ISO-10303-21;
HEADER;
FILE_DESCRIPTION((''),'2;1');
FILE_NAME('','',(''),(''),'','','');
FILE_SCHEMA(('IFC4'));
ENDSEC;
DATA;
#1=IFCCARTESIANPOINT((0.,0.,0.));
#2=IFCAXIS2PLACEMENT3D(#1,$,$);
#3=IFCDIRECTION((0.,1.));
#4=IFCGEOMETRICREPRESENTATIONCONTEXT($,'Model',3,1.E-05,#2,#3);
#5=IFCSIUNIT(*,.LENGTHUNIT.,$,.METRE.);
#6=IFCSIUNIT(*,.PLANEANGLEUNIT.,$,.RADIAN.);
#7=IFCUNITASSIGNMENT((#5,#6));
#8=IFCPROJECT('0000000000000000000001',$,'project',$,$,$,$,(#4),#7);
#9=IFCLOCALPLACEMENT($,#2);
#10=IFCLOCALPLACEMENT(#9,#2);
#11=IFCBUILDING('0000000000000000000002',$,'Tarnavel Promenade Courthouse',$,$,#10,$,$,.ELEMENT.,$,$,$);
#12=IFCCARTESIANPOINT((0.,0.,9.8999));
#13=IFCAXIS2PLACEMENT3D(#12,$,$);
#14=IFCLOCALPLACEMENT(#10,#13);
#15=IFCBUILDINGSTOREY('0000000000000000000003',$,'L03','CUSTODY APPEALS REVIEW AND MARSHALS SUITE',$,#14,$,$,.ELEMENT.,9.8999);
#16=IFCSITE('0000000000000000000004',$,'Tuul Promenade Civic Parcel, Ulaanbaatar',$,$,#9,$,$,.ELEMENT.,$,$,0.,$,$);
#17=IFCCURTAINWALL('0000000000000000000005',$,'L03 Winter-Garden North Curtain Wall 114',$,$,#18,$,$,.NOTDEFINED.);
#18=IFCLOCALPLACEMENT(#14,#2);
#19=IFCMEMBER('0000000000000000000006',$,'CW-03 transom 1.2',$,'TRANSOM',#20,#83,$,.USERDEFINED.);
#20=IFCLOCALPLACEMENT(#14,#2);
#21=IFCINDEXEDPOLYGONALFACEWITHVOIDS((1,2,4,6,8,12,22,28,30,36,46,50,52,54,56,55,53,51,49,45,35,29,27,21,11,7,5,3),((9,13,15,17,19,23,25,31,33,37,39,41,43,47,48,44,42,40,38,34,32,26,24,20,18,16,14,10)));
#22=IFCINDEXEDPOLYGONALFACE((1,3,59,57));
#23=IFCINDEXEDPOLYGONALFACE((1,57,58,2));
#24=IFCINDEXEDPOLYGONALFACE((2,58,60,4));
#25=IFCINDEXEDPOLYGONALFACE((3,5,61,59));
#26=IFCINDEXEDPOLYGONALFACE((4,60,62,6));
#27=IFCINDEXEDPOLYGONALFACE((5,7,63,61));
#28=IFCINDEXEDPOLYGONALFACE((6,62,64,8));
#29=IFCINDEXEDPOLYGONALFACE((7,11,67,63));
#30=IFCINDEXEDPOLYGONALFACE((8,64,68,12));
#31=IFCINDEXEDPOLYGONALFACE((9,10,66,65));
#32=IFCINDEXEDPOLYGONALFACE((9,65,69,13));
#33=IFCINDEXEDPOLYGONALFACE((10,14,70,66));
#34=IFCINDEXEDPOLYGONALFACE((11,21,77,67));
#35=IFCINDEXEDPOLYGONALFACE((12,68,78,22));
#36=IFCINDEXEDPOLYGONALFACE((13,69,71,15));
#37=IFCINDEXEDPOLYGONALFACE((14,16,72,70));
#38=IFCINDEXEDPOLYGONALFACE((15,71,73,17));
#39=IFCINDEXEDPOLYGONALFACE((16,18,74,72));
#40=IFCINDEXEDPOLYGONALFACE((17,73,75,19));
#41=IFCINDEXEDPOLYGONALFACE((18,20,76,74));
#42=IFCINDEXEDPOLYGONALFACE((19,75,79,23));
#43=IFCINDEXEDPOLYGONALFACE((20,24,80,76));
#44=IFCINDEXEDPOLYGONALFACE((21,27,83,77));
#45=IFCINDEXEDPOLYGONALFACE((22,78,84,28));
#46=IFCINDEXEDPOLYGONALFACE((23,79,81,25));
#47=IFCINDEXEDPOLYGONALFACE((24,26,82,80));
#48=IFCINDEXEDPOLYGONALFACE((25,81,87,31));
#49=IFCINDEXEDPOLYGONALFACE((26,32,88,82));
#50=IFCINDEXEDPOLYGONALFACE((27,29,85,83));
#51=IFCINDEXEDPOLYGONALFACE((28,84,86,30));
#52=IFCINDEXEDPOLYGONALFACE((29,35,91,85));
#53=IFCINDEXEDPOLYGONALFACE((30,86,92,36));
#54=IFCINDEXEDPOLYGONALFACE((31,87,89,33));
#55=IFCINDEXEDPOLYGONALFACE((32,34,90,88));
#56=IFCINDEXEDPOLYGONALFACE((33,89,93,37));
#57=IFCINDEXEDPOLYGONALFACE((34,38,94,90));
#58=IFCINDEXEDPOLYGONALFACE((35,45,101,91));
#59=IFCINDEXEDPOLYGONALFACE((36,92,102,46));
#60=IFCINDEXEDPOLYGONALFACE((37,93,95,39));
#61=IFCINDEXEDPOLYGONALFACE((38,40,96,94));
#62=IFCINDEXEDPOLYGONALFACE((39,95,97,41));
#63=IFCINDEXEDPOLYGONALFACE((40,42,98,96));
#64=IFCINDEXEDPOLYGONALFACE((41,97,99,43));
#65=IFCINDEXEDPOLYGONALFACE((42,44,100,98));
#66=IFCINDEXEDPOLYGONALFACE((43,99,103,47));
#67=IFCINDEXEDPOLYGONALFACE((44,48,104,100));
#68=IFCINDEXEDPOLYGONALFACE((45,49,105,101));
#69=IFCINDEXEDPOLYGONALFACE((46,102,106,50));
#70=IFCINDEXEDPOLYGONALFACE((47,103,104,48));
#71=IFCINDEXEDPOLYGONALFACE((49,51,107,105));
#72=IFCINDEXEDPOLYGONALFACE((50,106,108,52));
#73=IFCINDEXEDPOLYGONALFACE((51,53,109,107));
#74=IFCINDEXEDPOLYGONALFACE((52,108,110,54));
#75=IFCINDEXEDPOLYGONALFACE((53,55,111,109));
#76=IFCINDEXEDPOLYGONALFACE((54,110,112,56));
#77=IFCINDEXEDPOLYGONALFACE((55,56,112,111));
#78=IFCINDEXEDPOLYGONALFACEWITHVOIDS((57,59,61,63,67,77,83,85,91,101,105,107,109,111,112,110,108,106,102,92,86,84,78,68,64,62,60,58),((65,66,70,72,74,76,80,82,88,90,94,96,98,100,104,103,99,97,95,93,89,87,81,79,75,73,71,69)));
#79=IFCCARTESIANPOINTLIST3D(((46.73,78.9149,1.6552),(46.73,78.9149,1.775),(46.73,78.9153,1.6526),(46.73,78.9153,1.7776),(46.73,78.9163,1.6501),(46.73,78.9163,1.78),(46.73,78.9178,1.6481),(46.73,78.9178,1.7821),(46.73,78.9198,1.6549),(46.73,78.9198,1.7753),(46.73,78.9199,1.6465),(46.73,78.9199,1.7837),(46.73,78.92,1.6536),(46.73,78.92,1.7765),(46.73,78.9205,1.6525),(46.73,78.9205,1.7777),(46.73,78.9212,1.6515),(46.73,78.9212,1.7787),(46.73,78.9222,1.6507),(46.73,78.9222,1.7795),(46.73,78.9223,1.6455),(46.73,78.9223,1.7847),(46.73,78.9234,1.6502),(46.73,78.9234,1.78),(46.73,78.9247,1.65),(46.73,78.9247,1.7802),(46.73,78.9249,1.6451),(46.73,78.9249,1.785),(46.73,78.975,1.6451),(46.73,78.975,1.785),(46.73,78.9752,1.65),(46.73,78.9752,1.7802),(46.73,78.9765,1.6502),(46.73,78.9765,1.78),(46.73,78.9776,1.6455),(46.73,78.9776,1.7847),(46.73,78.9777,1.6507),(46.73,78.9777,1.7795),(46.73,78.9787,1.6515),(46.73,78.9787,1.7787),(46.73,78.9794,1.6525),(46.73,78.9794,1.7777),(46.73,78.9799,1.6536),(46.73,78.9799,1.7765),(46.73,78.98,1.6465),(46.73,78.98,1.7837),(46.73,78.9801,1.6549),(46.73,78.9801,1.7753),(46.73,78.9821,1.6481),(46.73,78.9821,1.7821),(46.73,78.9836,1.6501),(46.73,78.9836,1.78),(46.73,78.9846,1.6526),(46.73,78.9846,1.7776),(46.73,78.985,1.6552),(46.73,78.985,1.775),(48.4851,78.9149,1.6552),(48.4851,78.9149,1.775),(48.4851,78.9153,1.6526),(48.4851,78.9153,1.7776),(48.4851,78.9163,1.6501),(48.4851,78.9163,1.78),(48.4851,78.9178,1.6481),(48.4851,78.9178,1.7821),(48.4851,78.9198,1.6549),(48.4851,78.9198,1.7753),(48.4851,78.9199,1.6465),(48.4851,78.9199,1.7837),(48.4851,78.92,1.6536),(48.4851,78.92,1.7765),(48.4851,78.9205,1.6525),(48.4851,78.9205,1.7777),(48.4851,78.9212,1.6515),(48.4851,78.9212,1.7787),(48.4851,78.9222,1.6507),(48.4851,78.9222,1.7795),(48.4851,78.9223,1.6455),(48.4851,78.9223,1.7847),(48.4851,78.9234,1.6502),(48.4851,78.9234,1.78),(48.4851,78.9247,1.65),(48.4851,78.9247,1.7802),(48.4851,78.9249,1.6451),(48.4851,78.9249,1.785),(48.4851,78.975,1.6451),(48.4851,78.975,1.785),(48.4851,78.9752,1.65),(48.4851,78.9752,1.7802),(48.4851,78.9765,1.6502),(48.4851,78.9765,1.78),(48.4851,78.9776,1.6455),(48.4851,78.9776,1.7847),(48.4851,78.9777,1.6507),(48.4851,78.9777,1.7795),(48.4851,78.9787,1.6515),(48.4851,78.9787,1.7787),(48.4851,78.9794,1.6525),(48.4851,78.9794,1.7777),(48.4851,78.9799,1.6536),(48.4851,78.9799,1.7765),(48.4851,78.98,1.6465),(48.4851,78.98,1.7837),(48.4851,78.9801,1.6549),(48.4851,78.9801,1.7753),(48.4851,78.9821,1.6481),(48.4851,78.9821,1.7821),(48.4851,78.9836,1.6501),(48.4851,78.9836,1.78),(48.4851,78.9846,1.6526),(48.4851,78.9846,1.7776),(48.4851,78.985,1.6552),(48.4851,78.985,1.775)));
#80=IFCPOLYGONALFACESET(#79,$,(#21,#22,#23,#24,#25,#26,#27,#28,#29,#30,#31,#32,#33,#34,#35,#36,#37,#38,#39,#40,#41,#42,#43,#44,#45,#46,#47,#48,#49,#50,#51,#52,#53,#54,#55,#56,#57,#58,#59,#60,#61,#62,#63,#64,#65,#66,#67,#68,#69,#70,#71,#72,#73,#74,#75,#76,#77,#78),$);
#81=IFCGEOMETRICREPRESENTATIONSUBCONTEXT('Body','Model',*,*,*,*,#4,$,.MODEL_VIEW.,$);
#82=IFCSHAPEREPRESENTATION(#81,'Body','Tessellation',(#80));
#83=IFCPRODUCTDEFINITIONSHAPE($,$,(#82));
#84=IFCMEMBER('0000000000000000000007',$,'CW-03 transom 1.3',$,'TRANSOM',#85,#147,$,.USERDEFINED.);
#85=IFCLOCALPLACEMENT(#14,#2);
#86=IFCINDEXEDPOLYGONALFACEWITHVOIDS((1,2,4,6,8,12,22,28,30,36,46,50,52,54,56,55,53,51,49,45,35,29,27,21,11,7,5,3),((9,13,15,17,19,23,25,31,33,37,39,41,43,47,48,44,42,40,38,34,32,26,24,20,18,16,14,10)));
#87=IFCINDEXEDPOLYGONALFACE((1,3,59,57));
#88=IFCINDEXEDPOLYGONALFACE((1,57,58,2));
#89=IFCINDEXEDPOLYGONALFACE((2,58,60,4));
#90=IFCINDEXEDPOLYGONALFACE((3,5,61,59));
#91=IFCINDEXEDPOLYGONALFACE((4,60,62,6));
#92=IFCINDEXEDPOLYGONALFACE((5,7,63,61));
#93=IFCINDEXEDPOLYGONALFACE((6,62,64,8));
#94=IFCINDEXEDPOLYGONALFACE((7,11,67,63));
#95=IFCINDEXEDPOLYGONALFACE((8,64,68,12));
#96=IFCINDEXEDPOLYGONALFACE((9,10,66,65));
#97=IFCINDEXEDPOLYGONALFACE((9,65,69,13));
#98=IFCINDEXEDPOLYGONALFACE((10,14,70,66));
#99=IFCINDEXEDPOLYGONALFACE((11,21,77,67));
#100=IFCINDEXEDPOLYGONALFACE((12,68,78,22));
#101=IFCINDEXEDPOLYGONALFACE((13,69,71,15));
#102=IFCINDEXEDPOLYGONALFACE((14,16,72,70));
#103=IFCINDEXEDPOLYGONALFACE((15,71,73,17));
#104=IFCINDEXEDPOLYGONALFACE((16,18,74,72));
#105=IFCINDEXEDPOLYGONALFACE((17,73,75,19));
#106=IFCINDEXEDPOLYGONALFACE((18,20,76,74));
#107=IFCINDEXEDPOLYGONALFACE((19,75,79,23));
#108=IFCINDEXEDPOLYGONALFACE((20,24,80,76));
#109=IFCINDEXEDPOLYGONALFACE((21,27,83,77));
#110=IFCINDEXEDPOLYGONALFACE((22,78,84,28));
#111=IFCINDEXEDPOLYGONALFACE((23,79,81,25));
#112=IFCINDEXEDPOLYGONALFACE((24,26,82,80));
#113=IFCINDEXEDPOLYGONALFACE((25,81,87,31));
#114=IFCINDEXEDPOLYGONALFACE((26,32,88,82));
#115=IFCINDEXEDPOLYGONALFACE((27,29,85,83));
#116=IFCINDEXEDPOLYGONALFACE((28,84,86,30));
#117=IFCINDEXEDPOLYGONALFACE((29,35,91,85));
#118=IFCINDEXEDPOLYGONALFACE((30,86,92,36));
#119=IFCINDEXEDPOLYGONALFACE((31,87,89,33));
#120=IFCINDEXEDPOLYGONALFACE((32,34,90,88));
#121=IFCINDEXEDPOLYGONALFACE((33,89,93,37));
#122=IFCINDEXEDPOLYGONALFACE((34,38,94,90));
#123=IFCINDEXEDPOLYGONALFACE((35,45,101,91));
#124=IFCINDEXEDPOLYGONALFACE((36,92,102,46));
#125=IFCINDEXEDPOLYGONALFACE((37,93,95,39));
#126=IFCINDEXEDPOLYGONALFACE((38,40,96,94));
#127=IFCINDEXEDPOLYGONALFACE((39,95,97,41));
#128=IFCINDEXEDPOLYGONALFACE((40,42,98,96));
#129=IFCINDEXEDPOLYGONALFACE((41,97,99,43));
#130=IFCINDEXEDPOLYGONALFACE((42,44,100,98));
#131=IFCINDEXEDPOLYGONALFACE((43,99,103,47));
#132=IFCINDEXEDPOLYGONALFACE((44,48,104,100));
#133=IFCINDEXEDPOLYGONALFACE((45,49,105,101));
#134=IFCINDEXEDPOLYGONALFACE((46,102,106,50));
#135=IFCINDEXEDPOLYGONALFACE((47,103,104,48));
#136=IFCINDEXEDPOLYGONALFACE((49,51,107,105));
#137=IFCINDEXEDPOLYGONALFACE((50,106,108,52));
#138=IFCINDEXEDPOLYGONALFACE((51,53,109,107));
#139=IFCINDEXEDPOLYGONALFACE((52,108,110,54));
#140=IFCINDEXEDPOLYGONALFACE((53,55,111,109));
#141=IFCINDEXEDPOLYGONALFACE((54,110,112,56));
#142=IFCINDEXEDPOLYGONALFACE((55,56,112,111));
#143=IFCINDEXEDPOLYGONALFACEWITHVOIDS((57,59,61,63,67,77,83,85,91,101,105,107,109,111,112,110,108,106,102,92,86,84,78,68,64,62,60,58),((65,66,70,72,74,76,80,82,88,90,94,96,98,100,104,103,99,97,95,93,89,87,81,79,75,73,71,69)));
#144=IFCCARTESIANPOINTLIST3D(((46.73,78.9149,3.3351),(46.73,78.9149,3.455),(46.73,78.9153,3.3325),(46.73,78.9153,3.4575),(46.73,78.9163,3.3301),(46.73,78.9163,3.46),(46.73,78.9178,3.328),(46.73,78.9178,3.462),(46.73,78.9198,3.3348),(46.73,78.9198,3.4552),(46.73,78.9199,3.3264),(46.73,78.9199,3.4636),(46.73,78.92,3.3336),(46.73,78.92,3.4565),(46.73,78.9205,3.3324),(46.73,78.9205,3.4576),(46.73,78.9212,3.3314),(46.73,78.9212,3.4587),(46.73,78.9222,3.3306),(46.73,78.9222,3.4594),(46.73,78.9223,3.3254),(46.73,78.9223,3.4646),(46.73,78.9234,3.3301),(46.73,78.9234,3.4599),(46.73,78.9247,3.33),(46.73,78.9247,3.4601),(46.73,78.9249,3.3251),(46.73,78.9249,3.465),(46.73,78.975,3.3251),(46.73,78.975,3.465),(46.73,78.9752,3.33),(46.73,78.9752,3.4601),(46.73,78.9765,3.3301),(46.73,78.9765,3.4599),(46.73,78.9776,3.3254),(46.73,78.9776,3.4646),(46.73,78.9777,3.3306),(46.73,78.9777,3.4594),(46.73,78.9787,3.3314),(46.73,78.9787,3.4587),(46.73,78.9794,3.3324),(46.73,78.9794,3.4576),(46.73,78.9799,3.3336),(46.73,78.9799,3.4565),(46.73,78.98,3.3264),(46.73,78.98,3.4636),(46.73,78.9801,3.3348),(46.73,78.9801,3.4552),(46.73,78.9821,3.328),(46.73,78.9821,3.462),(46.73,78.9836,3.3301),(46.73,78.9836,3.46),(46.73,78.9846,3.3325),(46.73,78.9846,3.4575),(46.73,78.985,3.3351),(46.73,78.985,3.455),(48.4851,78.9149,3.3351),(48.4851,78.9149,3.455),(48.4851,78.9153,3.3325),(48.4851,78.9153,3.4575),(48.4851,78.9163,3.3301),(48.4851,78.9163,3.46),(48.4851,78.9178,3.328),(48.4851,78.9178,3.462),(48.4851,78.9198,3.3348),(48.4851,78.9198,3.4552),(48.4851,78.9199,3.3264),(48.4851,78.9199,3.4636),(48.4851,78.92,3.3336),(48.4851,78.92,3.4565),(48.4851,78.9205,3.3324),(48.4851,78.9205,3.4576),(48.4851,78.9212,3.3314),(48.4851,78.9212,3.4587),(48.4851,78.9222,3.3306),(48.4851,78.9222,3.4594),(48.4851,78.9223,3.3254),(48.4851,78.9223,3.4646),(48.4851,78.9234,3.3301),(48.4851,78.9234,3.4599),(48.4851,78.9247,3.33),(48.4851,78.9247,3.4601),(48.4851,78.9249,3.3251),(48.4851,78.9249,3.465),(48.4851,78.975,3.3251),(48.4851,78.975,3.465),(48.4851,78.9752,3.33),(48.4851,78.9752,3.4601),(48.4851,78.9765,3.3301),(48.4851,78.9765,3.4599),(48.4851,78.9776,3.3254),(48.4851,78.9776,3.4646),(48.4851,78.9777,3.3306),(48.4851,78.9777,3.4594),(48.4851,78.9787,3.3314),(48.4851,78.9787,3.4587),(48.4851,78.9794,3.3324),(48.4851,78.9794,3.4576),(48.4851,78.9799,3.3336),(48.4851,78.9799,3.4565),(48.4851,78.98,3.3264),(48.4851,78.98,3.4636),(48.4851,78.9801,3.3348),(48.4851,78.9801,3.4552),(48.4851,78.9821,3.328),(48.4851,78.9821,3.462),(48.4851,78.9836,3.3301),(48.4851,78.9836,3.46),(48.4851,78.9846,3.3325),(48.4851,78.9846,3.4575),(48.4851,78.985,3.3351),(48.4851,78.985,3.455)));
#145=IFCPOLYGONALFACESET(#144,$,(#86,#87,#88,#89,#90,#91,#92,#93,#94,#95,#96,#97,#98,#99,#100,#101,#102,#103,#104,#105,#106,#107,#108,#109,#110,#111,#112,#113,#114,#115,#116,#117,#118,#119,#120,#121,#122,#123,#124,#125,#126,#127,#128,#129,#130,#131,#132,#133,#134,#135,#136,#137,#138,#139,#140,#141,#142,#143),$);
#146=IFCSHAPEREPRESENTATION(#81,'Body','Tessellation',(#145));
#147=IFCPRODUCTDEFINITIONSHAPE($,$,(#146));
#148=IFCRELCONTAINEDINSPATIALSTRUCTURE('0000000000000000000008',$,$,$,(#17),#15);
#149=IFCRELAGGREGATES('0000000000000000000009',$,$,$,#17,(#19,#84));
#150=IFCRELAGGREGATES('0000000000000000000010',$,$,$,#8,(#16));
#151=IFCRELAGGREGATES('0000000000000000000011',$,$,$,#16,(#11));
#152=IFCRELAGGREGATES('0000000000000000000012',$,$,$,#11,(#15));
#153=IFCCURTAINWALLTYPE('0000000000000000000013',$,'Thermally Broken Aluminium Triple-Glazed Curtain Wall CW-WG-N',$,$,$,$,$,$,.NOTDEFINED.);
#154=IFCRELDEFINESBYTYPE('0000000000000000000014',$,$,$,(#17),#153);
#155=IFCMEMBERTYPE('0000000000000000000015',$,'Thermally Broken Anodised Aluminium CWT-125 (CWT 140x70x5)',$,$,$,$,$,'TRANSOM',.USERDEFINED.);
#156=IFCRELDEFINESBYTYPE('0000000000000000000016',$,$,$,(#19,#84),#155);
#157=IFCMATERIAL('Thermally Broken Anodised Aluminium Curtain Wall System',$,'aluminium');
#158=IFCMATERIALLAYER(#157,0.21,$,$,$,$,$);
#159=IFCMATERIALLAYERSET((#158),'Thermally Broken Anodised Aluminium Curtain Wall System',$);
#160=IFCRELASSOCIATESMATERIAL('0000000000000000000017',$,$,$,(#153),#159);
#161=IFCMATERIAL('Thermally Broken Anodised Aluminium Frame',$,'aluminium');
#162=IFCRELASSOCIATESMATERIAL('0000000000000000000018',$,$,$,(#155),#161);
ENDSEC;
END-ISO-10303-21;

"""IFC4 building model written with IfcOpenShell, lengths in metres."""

from ifc_helpers import new_model, si_unit, direction, frame, origin, origin_2d, place, context, subcontext, project, spatial, hollow_rectangle, extrude, material, layer, layer_set, material_profile, profile_set, type_object, element, aggregate, save


model = new_model("IFC4")

# Units and contexts
model_context = context("Model", 3, precision=1e-05, world=origin(), true_north=direction((0.0, 1.0)))
body_context = subcontext(model_context, "Body", "Model", "MODEL_VIEW")
ifc_project = project(units=[si_unit("LENGTHUNIT", "METRE"), si_unit("PLANEANGLEUNIT", "RADIAN")], contexts=[model_context])

# Site, building, storey
site_placement = place(None, origin())
site = spatial("IfcSite", under=ifc_project, at=site_placement, Name="Tuul Promenade Civic Parcel, Ulaanbaatar", CompositionType="ELEMENT", RefElevation=0.0)
building_placement = place(site_placement, origin())
building = spatial("IfcBuilding", under=site, at=building_placement, Name="Tarnavel Promenade Courthouse", CompositionType="ELEMENT")
storey_placement = place(building_placement, frame((0.0, 0.0, 9.8999)))
storey = spatial("IfcBuildingStorey", under=building, at=storey_placement, Name="L03", Description="CUSTODY APPEALS REVIEW AND MARSHALS SUITE", CompositionType="ELEMENT", Elevation=9.8999)

# Curtain wall, members
ifc_material_1 = material(Name="Thermally Broken Anodised Aluminium Curtain Wall System", Category="aluminium")
ifc_layer_1 = layer(ifc_material_1, 0.21)
ifc_layer_set_1 = layer_set([ifc_layer_1], Name="Thermally Broken Anodised Aluminium Curtain Wall System")
curtain_wall_type = type_object("IfcCurtainWallType", Name="Thermally Broken Aluminium Triple-Glazed Curtain Wall CW-WG-N", PredefinedType="NOTDEFINED", material=ifc_layer_set_1)
curtain_wall_placement = place(storey_placement, origin())
curtain_wall = element("IfcCurtainWall", 1, at=curtain_wall_placement, inside=storey, type_object=curtain_wall_type, Name="L03 Winter-Garden North Curtain Wall 114", PredefinedType="NOTDEFINED")
ifc_material_2 = material(Name="Thermally Broken Anodised Aluminium Frame", Category="aluminium")
ifc_material_profile_1 = material_profile(ifc_material_2, hollow_rectangle(XDim=0.0701, YDim=0.1399, WallThickness=0.0049, InnerFilletRadius=0.0049, OuterFilletRadius=0.01, at=origin_2d()), Name="CWT 140x70x5")
ifc_profile_set_1 = profile_set([ifc_material_profile_1], Name="Thermally Broken Anodised Aluminium Frame")
member_type_1 = type_object("IfcMemberType", Name="Thermally Broken Anodised Aluminium CWT-125 (CWT 140x70x5)", ElementType="TRANSOM", PredefinedType="USERDEFINED", material=ifc_profile_set_1)
member_1_placement = place(storey_placement, frame((46.73, 78.95, 1.7151), z_axis=(1.0, 0.0, 0.0), x_axis=(0.0, 1.0, 0.0)))
member_1 = element("IfcMember", 2, at=member_1_placement, type_object=member_type_1, Name="CW-03 transom 1.2", ObjectType="TRANSOM", PredefinedType="USERDEFINED", context=body_context, shape_type="SweptSolid", body=[
    extrude(hollow_rectangle(XDim=0.0701, YDim=0.1399, WallThickness=0.0049, InnerFilletRadius=0.0049, OuterFilletRadius=0.01, at=origin_2d()), origin(), (0.0, 0.0, 1.0), 1.7551),
])
member_2_placement = place(storey_placement, frame((46.73, 78.95, 3.395), z_axis=(1.0, 0.0, 0.0), x_axis=(0.0, 1.0, 0.0)))
member_2 = element("IfcMember", 3, at=member_2_placement, type_object=member_type_1, Name="CW-03 transom 1.3", ObjectType="TRANSOM", PredefinedType="USERDEFINED", context=body_context, shape_type="SweptSolid", body=[
    extrude(hollow_rectangle(XDim=0.0701, YDim=0.1399, WallThickness=0.0049, InnerFilletRadius=0.0049, OuterFilletRadius=0.01, at=origin_2d()), origin(), (0.0, 0.0, 1.0), 1.7551),
])
aggregate(curtain_wall, [member_1, member_2])

save(model, "model.ifc")
